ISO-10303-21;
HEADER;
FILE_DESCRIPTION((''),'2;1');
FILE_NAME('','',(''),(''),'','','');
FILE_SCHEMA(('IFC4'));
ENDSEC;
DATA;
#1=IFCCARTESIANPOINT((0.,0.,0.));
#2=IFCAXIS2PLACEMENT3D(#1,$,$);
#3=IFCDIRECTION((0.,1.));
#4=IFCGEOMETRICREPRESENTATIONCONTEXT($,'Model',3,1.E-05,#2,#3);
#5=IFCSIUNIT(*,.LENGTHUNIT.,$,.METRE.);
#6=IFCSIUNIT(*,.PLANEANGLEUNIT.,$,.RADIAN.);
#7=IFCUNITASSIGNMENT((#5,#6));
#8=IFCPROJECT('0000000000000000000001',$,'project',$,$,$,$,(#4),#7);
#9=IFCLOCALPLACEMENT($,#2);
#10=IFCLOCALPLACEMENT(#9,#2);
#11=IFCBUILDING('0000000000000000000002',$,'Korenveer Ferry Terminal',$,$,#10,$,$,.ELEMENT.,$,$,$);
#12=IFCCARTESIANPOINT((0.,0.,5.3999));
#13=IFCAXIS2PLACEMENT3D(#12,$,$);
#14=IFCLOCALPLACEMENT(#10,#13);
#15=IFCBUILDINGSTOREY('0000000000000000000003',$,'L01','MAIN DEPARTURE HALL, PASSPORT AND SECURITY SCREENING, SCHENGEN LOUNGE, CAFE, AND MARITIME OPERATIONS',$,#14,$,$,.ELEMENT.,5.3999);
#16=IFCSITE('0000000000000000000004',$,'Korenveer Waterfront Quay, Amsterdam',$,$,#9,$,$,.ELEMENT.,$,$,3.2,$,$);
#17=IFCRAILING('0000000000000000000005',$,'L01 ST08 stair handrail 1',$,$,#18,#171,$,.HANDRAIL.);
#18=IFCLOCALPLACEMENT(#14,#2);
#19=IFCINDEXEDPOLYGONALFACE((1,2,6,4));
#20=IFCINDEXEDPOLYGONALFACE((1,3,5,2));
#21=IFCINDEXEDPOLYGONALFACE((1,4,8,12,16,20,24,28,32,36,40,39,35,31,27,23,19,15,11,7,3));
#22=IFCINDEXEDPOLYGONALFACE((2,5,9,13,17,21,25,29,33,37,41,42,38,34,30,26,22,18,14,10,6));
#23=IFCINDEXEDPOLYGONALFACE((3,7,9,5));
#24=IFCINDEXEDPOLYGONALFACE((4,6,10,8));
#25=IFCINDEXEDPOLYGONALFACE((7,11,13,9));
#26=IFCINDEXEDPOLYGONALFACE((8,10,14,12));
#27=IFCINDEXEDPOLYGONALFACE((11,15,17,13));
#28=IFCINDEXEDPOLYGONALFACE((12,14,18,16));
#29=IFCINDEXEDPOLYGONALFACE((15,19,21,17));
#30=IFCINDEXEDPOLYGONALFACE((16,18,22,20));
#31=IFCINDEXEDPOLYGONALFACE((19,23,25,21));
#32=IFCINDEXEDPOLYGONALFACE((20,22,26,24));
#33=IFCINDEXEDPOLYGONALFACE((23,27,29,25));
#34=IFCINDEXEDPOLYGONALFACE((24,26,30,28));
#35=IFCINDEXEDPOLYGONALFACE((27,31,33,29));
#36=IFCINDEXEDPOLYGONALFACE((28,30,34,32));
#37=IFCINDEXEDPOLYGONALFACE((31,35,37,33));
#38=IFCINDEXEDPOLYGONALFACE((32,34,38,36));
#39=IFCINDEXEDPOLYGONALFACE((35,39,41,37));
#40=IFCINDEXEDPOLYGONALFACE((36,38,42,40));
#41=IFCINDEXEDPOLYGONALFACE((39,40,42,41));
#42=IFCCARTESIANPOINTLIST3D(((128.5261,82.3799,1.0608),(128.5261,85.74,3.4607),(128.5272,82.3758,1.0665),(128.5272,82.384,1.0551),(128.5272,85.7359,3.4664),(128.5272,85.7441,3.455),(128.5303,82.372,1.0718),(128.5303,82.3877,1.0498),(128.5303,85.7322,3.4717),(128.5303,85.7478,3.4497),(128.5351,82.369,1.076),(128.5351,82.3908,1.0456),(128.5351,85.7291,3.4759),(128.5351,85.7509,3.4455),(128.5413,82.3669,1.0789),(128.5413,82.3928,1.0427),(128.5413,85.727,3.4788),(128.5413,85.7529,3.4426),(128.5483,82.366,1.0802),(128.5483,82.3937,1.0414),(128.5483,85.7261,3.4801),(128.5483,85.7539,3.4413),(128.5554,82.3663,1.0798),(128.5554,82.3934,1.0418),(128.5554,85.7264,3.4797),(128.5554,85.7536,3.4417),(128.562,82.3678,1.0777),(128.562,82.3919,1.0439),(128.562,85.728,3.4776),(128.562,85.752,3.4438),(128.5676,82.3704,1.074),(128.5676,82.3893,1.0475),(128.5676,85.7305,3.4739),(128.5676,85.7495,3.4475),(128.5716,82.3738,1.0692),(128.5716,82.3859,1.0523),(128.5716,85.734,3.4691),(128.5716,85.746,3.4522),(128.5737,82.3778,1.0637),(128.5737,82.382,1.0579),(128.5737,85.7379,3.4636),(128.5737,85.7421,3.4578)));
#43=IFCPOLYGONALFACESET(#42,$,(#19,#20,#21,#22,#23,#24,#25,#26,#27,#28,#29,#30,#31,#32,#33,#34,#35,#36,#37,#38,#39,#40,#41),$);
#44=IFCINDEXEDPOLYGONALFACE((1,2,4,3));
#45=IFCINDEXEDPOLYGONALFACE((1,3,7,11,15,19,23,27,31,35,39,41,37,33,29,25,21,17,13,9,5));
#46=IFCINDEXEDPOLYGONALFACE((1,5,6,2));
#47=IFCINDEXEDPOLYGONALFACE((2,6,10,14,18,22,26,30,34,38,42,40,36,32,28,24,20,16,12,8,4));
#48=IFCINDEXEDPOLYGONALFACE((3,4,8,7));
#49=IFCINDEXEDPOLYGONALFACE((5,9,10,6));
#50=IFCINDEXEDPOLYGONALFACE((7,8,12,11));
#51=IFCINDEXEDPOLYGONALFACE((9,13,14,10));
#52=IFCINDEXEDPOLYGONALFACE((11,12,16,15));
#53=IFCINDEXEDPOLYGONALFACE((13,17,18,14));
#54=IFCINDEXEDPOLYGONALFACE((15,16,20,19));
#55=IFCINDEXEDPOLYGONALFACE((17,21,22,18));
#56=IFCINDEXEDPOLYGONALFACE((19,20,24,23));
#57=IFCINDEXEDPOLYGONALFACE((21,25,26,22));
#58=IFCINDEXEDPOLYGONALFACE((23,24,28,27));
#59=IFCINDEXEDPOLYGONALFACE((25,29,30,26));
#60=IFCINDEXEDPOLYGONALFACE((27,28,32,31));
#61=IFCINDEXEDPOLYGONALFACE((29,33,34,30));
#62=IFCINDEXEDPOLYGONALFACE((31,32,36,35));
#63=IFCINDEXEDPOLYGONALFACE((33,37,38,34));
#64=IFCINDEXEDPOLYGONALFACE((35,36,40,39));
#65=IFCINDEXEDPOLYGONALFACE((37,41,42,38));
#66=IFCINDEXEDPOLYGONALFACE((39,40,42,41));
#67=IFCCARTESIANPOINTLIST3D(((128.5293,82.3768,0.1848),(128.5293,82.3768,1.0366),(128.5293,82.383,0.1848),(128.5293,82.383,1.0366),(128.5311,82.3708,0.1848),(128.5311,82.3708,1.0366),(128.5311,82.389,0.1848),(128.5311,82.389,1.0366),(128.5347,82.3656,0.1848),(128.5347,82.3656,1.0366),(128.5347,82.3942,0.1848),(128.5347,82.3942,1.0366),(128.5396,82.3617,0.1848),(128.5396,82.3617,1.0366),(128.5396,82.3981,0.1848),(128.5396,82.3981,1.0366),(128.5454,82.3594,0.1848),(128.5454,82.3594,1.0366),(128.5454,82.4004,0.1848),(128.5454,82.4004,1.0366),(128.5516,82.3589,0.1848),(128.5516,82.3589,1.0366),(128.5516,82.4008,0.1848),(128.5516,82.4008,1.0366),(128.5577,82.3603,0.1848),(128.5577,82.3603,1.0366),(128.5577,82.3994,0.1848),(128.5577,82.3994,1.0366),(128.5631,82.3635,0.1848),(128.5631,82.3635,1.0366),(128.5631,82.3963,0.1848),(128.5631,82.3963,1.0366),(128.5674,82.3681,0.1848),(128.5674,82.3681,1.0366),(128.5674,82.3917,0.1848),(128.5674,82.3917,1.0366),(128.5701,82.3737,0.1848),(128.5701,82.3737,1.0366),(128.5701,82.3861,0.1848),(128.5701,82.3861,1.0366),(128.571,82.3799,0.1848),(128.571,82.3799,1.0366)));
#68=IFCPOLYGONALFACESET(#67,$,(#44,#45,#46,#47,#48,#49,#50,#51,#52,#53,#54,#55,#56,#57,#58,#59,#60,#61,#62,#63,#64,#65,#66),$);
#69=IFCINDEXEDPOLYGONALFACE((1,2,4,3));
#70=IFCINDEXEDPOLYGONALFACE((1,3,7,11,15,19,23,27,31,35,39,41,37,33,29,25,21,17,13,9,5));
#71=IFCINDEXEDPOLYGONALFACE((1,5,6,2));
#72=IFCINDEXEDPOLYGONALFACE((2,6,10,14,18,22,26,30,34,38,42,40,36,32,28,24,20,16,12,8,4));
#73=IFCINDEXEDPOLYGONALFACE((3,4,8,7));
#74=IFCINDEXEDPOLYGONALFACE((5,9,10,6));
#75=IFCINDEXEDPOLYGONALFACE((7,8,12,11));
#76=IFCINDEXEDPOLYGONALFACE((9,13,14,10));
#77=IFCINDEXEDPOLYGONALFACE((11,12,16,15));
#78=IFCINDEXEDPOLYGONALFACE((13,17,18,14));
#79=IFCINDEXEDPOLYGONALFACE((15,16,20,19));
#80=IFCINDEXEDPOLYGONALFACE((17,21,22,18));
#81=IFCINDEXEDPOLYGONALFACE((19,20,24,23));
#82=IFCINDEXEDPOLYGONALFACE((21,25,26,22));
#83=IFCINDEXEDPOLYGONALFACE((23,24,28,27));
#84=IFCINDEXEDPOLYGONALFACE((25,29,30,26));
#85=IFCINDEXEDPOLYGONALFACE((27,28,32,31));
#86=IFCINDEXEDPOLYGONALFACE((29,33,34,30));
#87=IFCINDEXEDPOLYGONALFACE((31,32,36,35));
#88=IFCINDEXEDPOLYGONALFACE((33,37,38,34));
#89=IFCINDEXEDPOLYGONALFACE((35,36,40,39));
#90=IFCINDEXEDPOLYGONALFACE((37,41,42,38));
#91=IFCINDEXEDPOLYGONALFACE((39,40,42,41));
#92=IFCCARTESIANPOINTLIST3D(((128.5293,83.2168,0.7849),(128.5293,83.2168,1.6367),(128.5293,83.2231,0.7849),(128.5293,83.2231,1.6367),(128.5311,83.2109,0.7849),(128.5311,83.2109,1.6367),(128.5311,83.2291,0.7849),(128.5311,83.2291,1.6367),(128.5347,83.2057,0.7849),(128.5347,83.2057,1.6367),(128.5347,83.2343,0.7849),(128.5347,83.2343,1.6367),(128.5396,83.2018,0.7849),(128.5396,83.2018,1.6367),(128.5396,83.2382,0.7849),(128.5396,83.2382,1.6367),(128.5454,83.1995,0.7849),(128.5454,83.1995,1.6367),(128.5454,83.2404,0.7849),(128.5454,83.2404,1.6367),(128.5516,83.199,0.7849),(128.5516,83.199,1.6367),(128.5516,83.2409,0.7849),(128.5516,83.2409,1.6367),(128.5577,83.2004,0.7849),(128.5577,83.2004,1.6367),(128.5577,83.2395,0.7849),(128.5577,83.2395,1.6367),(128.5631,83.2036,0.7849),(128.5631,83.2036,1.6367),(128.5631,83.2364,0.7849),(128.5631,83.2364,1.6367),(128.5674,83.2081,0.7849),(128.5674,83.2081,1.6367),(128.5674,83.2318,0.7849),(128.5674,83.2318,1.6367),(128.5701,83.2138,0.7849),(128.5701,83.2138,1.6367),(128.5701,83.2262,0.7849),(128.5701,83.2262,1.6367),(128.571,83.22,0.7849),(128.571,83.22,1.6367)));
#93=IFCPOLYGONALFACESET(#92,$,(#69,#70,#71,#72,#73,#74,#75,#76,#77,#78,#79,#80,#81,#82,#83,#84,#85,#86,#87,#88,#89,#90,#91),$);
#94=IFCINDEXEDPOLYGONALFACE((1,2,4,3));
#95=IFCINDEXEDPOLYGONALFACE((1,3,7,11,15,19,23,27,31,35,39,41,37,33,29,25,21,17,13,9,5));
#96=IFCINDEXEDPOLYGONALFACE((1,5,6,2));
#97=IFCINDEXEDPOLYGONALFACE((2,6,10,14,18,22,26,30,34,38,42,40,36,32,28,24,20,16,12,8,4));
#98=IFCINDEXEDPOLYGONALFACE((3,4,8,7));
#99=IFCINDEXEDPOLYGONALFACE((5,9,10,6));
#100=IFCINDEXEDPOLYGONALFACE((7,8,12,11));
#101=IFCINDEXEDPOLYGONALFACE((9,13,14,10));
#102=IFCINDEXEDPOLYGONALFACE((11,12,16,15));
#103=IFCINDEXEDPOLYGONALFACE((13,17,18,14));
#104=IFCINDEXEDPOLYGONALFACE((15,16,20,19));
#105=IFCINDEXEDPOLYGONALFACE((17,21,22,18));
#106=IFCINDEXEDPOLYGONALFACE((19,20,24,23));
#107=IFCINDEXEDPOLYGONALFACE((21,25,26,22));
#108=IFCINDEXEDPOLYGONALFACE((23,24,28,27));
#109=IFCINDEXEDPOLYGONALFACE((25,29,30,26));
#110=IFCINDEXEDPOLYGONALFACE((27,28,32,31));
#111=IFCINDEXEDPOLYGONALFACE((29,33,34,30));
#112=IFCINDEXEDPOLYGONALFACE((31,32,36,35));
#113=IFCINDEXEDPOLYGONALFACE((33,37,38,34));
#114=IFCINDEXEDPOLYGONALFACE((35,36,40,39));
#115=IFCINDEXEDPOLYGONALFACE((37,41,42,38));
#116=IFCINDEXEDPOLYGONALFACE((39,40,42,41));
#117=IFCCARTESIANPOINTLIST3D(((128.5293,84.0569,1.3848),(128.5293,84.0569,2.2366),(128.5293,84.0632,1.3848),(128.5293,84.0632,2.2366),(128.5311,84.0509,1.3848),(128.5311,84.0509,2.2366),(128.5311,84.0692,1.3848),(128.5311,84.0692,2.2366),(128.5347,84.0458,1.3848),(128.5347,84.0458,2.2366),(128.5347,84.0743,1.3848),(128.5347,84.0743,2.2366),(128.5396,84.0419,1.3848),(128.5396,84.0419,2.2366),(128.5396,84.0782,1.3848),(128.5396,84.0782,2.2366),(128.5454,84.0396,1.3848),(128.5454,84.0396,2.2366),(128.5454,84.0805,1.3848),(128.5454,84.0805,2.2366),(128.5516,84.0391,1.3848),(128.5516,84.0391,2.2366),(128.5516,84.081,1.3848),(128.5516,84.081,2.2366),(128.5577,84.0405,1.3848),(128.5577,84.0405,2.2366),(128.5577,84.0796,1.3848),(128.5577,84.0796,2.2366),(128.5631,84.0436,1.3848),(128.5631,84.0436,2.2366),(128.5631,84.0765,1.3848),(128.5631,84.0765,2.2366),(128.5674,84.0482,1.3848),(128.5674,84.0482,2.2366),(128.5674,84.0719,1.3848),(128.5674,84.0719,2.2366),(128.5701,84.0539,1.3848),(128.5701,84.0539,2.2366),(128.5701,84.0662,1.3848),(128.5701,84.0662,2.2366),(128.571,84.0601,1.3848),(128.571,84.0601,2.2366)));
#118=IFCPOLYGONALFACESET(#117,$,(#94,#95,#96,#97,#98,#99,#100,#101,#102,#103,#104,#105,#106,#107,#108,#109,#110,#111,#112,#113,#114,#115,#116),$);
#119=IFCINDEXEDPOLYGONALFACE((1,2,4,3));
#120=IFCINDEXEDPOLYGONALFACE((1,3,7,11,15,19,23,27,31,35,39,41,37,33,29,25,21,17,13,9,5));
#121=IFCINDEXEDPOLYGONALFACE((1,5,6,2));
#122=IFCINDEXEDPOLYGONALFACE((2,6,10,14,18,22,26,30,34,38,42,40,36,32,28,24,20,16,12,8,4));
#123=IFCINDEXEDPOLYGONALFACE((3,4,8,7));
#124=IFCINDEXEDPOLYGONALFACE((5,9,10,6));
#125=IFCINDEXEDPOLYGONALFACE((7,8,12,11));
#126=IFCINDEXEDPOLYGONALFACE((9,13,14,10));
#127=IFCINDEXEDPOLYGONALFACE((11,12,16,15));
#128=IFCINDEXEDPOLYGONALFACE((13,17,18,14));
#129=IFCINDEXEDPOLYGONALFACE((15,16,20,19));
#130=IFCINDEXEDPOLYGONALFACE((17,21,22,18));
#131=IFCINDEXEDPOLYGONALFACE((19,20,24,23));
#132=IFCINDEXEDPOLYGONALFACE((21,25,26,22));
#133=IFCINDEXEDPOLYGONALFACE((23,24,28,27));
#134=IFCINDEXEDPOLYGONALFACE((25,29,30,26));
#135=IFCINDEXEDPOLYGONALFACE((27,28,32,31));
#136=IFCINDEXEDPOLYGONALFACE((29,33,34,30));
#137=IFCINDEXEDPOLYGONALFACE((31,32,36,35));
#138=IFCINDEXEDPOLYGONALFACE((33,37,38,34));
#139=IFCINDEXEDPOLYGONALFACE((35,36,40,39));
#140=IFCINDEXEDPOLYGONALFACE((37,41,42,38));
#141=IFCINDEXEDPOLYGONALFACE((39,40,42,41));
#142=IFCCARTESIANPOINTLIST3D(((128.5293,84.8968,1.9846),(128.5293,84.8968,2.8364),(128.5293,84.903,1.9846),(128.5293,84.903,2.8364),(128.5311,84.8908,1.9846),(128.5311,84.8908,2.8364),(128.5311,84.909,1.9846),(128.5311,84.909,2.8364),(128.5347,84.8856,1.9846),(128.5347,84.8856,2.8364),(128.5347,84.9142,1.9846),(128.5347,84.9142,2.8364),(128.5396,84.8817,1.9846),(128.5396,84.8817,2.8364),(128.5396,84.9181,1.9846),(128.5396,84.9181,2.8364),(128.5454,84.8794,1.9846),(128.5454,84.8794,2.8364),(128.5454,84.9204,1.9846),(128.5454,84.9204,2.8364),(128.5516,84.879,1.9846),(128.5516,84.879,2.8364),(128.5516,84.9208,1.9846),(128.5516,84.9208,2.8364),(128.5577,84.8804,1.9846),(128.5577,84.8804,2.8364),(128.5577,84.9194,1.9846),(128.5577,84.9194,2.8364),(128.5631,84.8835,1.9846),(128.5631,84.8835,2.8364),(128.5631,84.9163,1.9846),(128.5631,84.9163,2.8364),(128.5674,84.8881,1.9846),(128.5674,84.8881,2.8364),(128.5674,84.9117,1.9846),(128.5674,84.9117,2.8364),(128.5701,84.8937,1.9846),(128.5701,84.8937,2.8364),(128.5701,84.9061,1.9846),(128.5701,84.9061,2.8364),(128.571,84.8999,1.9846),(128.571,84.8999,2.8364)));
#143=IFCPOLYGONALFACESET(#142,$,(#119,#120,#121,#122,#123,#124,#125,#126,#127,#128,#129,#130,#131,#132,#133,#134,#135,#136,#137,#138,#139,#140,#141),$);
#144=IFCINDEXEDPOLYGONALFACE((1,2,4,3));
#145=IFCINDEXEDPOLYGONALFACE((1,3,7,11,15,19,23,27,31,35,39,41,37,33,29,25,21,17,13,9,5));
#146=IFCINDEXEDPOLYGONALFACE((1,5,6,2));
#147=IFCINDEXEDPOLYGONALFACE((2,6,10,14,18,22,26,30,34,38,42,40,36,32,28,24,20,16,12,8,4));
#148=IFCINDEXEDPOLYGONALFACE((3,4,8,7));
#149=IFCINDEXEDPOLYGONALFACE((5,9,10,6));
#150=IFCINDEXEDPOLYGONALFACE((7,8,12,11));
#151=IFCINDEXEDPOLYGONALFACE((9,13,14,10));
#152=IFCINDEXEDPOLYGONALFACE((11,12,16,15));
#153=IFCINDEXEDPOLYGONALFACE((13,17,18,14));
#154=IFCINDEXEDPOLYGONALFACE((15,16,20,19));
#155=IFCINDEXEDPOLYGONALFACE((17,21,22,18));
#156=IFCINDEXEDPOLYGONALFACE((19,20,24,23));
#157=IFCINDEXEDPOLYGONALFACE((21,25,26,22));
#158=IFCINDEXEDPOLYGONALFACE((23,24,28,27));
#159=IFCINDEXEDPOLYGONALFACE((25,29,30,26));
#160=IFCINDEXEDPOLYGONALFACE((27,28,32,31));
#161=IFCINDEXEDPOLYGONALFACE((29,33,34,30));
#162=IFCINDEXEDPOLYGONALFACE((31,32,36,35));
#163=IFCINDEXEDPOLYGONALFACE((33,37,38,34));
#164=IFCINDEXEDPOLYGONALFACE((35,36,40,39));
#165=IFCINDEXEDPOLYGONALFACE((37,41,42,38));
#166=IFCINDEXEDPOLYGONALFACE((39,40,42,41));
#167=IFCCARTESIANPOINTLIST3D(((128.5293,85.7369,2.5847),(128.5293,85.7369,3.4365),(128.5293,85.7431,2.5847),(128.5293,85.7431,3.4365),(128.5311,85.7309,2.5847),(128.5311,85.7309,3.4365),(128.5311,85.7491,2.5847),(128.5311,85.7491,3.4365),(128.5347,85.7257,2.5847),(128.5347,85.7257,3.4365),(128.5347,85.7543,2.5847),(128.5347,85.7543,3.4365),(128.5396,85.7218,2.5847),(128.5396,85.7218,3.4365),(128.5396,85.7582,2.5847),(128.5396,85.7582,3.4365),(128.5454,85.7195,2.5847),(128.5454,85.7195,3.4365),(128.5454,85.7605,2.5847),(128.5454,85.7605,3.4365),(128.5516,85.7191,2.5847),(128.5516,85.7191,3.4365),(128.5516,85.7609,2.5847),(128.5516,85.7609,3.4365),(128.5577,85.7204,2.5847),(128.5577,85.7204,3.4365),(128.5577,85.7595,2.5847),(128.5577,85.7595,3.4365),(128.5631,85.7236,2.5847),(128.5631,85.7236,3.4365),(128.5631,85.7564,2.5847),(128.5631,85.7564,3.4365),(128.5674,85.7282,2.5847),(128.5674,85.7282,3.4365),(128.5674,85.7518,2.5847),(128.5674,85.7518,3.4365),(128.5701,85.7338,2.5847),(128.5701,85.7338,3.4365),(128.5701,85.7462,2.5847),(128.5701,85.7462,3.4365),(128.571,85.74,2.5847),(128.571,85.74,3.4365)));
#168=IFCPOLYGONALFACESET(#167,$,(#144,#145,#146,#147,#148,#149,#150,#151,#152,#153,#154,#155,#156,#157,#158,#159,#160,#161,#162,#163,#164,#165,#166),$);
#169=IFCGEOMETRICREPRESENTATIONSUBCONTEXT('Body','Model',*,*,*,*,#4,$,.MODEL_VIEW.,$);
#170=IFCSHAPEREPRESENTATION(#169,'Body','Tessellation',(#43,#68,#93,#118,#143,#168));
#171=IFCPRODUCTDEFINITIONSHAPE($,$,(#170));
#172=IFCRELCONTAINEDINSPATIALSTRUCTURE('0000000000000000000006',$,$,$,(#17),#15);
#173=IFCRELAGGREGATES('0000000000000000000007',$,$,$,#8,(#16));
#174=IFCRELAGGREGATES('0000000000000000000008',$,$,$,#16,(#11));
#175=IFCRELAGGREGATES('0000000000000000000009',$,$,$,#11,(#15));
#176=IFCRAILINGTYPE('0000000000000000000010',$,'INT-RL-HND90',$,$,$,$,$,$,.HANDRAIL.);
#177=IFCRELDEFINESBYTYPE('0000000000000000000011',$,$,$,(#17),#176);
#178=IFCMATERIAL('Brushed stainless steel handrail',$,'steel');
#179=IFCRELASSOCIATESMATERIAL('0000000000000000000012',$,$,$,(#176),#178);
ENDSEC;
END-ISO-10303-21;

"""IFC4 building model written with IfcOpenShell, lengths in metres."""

from ifc_helpers import new_model, si_unit, direction, frame, origin, origin_2d, place, context, subcontext, project, spatial, circle, extrude, material, type_object, element, save


model = new_model("IFC4")

# Units and contexts
model_context = context("Model", 3, precision=1e-05, world=origin(), true_north=direction((0.0, 1.0)))
body_context = subcontext(model_context, "Body", "Model", "MODEL_VIEW")
ifc_project = project(units=[si_unit("LENGTHUNIT", "METRE"), si_unit("PLANEANGLEUNIT", "RADIAN")], contexts=[model_context])

# Site, building, storey
site_placement = place(None, origin())
site = spatial("IfcSite", under=ifc_project, at=site_placement, Name="Korenveer Waterfront Quay, Amsterdam", CompositionType="ELEMENT", RefElevation=3.2)
building_placement = place(site_placement, origin())
building = spatial("IfcBuilding", under=site, at=building_placement, Name="Korenveer Ferry Terminal", CompositionType="ELEMENT")
storey_placement = place(building_placement, frame((0.0, 0.0, 5.3999)))
storey = spatial("IfcBuildingStorey", under=building, at=storey_placement, Name="L01", Description="MAIN DEPARTURE HALL, PASSPORT AND SECURITY SCREENING, SCHENGEN LOUNGE, CAFE, AND MARITIME OPERATIONS", CompositionType="ELEMENT", Elevation=5.3999)

# Railing
ifc_material_1 = material(Name="Brushed stainless steel handrail", Category="steel")
railing_type_1 = type_object("IfcRailingType", Name="INT-RL-HND90", PredefinedType="HANDRAIL", material=ifc_material_1)
railing_1_placement = place(storey_placement, frame((128.55, 82.3799, 0.1848)))
element("IfcRailing", 1, at=railing_1_placement, inside=storey, type_object=railing_type_1, Name="L01 ST08 stair handrail 1", PredefinedType="HANDRAIL", context=body_context, shape_type="SweptSolid", body=[
    extrude(circle(Radius=0.0239, at=origin_2d()), frame((0.0, 0.0, 0.876), z_axis=(0.0, 0.813753, 0.58121), x_axis=(-1.0, 0.0, 0.0)), (0.0, 0.0, 1.0), 4.1292),
    extrude(circle(Radius=0.021, at=origin_2d()), origin(), (0.0, 0.0, 1.0), 0.8518),
    extrude(circle(Radius=0.021, at=origin_2d()), frame((0.0, 0.8401, 0.6001)), (0.0, 0.0, 1.0), 0.8518),
    extrude(circle(Radius=0.021, at=origin_2d()), frame((0.0, 1.6802, 1.2)), (0.0, 0.0, 1.0), 0.8518),
    extrude(circle(Radius=0.021, at=origin_2d()), frame((0.0, 2.52, 1.7998)), (0.0, 0.0, 1.0), 0.8518),
    extrude(circle(Radius=0.021, at=origin_2d()), frame((0.0, 3.3601, 2.3999)), (0.0, 0.0, 1.0), 0.8518),
])

save(model, "model.ifc")
